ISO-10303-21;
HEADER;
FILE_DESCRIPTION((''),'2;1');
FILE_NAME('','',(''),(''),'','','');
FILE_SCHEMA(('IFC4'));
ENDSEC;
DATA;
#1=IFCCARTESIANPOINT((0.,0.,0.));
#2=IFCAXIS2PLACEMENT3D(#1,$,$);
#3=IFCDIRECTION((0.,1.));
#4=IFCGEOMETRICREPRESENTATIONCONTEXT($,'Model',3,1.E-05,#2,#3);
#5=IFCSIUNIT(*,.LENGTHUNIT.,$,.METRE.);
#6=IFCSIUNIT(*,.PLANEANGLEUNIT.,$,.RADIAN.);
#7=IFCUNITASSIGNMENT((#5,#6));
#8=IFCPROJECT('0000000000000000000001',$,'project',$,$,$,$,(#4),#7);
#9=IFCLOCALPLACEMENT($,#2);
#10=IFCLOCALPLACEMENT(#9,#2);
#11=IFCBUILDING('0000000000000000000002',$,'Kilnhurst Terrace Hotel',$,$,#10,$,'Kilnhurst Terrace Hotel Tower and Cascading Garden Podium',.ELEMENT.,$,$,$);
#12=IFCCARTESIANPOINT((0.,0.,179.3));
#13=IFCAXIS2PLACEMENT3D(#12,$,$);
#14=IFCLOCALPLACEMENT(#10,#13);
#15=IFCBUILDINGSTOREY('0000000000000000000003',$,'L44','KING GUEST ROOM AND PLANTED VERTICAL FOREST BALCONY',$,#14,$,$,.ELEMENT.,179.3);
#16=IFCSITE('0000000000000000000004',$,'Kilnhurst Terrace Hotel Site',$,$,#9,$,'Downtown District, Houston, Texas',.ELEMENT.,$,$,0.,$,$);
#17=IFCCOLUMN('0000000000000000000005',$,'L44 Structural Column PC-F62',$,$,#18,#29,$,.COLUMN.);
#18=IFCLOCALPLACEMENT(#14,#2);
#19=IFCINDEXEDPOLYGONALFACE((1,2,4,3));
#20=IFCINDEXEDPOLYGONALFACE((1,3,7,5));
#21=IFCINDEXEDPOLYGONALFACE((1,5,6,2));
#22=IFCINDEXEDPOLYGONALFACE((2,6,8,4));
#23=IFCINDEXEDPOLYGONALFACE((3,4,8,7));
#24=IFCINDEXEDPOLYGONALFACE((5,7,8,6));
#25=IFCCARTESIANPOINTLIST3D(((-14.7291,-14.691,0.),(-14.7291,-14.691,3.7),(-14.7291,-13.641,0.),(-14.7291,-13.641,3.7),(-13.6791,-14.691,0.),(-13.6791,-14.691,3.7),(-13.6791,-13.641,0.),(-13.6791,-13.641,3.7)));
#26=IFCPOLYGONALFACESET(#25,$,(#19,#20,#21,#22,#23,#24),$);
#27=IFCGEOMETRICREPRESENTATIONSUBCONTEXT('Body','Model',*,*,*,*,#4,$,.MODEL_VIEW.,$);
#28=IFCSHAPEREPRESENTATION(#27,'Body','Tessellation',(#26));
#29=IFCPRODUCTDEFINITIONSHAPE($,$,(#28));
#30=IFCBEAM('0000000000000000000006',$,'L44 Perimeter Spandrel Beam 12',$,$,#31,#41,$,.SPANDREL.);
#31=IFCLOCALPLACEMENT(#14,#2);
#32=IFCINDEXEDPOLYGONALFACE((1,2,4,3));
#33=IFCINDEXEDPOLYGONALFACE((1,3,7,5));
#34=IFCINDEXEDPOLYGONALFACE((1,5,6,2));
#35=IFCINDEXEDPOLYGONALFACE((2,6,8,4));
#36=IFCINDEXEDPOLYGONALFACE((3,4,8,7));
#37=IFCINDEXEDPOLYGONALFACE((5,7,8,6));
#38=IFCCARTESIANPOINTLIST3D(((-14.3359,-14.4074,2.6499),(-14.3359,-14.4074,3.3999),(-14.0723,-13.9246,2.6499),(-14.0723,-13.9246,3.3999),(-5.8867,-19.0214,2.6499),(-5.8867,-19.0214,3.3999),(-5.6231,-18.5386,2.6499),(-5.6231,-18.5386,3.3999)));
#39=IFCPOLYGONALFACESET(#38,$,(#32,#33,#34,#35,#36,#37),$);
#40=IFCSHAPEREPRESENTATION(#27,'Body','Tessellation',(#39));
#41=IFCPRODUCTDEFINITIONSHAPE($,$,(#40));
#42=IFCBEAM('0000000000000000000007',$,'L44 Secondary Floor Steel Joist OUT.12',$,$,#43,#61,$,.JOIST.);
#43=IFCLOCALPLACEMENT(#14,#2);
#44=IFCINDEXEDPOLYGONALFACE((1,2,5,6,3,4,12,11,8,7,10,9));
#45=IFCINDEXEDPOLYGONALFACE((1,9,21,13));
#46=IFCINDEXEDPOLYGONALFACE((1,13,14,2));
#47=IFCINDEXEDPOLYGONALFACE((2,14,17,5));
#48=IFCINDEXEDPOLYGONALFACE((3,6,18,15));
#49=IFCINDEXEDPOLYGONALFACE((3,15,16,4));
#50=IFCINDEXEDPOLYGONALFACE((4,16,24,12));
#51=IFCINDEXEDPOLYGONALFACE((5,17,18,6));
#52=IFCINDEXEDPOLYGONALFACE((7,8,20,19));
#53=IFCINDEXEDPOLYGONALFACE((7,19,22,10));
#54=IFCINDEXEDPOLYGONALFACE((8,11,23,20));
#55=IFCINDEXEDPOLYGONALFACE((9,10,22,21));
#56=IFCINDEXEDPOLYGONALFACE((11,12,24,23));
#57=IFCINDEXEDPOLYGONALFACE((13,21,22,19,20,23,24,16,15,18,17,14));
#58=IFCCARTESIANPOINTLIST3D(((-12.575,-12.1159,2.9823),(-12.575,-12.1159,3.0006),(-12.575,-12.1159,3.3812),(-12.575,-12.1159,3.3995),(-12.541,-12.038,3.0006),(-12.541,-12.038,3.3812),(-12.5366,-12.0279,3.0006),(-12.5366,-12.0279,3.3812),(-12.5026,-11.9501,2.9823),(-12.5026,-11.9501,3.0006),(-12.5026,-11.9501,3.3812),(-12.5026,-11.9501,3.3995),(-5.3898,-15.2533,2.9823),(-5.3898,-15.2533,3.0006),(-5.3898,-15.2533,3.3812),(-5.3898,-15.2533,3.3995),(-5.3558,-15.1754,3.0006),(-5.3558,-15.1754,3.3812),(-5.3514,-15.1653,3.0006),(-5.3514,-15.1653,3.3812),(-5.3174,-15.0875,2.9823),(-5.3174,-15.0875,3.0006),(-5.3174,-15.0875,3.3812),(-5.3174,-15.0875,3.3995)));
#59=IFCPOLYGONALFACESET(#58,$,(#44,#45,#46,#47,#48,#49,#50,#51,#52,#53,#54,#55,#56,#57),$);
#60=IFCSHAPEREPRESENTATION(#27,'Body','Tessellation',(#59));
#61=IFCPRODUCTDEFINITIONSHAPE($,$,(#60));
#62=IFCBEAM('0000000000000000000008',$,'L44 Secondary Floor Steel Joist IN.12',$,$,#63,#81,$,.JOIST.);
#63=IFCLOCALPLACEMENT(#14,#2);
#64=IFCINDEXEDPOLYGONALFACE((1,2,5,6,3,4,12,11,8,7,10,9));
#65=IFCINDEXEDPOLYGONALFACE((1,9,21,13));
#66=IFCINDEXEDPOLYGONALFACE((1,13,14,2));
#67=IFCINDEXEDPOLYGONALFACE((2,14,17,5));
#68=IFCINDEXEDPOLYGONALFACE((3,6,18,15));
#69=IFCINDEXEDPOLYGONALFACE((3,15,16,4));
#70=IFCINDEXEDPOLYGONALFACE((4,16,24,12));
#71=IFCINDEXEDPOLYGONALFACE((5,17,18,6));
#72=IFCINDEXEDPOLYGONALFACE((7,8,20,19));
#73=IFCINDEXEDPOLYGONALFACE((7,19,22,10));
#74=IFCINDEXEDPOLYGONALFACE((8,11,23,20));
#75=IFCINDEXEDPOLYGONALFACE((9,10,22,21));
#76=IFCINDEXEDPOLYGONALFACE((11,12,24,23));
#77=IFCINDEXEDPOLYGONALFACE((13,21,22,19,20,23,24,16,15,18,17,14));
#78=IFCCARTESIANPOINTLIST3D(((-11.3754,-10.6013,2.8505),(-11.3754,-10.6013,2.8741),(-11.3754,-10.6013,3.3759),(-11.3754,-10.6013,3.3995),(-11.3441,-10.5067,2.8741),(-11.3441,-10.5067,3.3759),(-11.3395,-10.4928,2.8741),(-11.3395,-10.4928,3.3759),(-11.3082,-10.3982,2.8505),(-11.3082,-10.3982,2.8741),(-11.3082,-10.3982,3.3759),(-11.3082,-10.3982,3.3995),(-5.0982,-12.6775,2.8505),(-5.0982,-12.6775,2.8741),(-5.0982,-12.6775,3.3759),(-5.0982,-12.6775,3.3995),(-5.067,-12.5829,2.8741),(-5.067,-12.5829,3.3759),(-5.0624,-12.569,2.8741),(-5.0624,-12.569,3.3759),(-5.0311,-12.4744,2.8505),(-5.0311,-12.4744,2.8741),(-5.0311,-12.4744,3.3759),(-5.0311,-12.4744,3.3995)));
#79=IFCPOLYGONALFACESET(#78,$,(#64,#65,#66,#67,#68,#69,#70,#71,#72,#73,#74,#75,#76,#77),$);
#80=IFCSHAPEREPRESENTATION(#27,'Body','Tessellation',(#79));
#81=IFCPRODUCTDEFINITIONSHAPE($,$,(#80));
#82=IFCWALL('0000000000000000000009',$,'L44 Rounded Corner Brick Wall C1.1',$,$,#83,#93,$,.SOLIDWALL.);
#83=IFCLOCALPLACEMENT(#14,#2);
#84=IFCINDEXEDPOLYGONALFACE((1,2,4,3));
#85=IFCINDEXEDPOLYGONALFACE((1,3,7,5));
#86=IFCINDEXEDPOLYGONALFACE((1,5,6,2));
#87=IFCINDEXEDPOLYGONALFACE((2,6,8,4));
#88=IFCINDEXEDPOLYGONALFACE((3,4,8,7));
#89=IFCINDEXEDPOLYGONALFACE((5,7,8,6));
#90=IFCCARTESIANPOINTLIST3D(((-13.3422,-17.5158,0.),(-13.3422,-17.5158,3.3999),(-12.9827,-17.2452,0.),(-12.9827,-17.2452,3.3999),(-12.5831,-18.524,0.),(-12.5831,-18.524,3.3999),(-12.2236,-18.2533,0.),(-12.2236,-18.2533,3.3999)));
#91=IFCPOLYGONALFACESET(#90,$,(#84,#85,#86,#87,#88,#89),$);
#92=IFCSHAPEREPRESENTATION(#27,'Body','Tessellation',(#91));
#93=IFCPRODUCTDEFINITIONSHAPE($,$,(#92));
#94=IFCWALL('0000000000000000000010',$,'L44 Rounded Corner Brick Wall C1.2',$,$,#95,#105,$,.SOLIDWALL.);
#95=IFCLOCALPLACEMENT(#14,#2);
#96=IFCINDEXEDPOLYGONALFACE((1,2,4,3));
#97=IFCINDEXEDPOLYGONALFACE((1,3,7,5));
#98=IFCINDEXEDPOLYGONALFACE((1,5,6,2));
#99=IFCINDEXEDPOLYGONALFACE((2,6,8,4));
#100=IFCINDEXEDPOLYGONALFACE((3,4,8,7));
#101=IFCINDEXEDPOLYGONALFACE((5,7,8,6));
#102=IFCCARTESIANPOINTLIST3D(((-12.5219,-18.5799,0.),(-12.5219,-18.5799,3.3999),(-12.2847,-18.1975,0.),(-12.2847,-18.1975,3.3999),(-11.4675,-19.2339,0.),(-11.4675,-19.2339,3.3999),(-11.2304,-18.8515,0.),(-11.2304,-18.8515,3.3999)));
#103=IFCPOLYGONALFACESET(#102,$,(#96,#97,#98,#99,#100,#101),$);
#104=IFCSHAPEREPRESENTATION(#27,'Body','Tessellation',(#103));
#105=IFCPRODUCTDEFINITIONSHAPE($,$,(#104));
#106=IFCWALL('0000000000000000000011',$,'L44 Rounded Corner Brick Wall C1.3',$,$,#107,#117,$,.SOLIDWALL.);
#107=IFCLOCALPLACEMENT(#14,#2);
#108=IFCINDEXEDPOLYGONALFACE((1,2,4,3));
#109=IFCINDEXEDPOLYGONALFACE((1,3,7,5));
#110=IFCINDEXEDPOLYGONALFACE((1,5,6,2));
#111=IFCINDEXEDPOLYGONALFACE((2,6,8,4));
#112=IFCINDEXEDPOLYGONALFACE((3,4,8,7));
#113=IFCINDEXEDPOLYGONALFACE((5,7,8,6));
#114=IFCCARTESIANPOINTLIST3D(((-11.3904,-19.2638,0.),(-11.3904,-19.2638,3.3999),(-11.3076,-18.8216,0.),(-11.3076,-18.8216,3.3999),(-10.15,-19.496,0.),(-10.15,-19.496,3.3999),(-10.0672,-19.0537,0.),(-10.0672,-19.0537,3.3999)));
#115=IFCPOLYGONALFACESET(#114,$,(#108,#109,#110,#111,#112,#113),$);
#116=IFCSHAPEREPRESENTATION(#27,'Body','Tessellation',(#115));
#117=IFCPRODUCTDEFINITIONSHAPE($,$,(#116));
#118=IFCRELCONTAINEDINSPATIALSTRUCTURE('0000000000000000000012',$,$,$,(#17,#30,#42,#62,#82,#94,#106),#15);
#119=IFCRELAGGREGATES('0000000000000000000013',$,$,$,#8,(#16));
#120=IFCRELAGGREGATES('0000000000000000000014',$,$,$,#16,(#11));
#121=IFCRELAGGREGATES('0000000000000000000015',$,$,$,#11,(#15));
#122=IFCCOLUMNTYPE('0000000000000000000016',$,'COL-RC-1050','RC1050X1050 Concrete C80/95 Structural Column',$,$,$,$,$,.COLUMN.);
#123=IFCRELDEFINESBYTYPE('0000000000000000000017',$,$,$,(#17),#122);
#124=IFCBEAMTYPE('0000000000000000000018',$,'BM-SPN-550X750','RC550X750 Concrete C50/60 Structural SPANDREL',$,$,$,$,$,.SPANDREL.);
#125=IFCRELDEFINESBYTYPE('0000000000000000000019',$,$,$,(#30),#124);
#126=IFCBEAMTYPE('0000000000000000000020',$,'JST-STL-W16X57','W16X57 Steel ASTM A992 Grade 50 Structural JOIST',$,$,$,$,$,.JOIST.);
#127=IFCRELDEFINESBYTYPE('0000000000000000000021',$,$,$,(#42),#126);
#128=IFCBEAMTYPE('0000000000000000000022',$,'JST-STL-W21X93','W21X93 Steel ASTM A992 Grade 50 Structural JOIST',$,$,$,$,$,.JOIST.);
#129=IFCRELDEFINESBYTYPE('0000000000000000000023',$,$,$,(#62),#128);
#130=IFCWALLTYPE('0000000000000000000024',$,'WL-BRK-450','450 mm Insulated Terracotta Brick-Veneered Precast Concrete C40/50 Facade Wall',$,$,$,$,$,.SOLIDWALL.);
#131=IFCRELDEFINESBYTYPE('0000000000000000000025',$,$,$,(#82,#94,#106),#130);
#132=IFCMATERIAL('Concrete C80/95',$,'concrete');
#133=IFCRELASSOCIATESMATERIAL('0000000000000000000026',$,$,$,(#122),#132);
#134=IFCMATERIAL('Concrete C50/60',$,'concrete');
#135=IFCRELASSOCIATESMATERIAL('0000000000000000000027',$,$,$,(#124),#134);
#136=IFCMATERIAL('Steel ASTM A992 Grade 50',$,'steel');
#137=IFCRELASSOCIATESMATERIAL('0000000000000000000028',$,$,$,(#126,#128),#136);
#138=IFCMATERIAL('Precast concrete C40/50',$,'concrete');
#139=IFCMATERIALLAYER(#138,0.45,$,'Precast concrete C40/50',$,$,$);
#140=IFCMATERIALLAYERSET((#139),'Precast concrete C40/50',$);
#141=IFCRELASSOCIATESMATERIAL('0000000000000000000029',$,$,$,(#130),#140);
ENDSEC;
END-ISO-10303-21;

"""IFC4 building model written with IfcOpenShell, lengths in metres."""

from ifc_helpers import new_model, si_unit, direction, frame, frame_2d, origin, origin_2d, place, context, subcontext, project, spatial, rectangle, i_section, extrude, material, layer, layer_set, material_profile, profile_set, type_object, element, save


model = new_model("IFC4")

# Units and contexts
model_context = context("Model", 3, precision=1e-05, world=origin(), true_north=direction((0.0, 1.0)))
body_context = subcontext(model_context, "Body", "Model", "MODEL_VIEW")
ifc_project = project(units=[si_unit("LENGTHUNIT", "METRE"), si_unit("PLANEANGLEUNIT", "RADIAN")], contexts=[model_context])

# Site, building, storey
site_placement = place(None, origin())
site = spatial("IfcSite", under=ifc_project, at=site_placement, Name="Kilnhurst Terrace Hotel Site", LongName="Downtown District, Houston, Texas", CompositionType="ELEMENT", RefElevation=0.0)
building_placement = place(site_placement, origin())
building = spatial("IfcBuilding", under=site, at=building_placement, Name="Kilnhurst Terrace Hotel", LongName="Kilnhurst Terrace Hotel Tower and Cascading Garden Podium", CompositionType="ELEMENT")
storey_placement = place(building_placement, frame((0.0, 0.0, 179.3)))
storey = spatial("IfcBuildingStorey", under=building, at=storey_placement, Name="L44", Description="KING GUEST ROOM AND PLANTED VERTICAL FOREST BALCONY", CompositionType="ELEMENT", Elevation=179.3)

# Column
ifc_material_1 = material(Name="Concrete C80/95", Category="concrete")
ifc_material_profile_1 = material_profile(ifc_material_1, rectangle(XDim=1.05, YDim=1.05, at=origin_2d()), Name="RC1050X1050")
ifc_profile_set_1 = profile_set([ifc_material_profile_1], Name="Concrete C80/95")
column_type = type_object("IfcColumnType", Name="COL-RC-1050", Description="RC1050X1050 Concrete C80/95 Structural Column", PredefinedType="COLUMN", material=ifc_profile_set_1)
column_placement = place(storey_placement, frame((-14.2041, -14.166, 0.0), z_axis=(0.0, 0.0, 1.0), x_axis=(1.0, 0.0, 0.0)))
element("IfcColumn", 1, at=column_placement, inside=storey, type_object=column_type, Name="L44 Structural Column PC-F62", PredefinedType="COLUMN", context=body_context, shape_type="SweptSolid", body=[
    extrude(rectangle(XDim=1.05, YDim=1.05, at=origin_2d()), origin(), (0.0, 0.0, 1.0), 3.7),
])

# Beams
ifc_material_2 = material(Name="Concrete C50/60", Category="concrete")
ifc_material_profile_2 = material_profile(ifc_material_2, rectangle(XDim=0.55, YDim=0.75, at=origin_2d()), Name="RC550X750")
ifc_profile_set_2 = profile_set([ifc_material_profile_2], Name="Concrete C50/60")
beam_type_1 = type_object("IfcBeamType", Name="BM-SPN-550X750", Description="RC550X750 Concrete C50/60 Structural SPANDREL", PredefinedType="SPANDREL", material=ifc_profile_set_2)
beam_1_placement = place(storey_placement, frame((-14.2041, -14.166, 3.0249), z_axis=(0.877662, -0.47928, 0.0), x_axis=(0.47928, 0.877662, 0.0)))
element("IfcBeam", 2, at=beam_1_placement, inside=storey, type_object=beam_type_1, Name="L44 Perimeter Spandrel Beam 12", PredefinedType="SPANDREL", context=body_context, shape_type="SweptSolid", body=[
    extrude(rectangle(XDim=0.55, YDim=0.75, at=origin_2d()), origin(), (0.0, 0.0, 1.0), 9.627),
])
ifc_material_3 = material(Name="Steel ASTM A992 Grade 50", Category="steel")
ifc_material_profile_3 = material_profile(ifc_material_3, i_section(OverallWidth=0.1809, OverallDepth=0.4172, WebThickness=0.011, FlangeThickness=0.0183, at=origin_2d()), Name="W16X57")
ifc_profile_set_3 = profile_set([ifc_material_profile_3], Name="Steel ASTM A992 Grade 50")
beam_type_2 = type_object("IfcBeamType", Name="JST-STL-W16X57", Description="W16X57 Steel ASTM A992 Grade 50 Structural JOIST", PredefinedType="JOIST", material=ifc_profile_set_3)
beam_2_placement = place(storey_placement, frame((-12.5388, -12.033, 3.1909), z_axis=(0.916444, -0.400164, 0.0), x_axis=(0.400164, 0.916444, 0.0)))
element("IfcBeam", 3, at=beam_2_placement, inside=storey, type_object=beam_type_2, Name="L44 Secondary Floor Steel Joist OUT.12", PredefinedType="JOIST", context=body_context, shape_type="SweptSolid", body=[
    extrude(i_section(OverallWidth=0.1809, OverallDepth=0.4172, WebThickness=0.011, FlangeThickness=0.0183, at=origin_2d()), origin(), (0.0, 0.0, 1.0), 7.8403),
])
ifc_material_profile_4 = material_profile(ifc_material_3, i_section(OverallWidth=0.2139, OverallDepth=0.5491, WebThickness=0.0146, FlangeThickness=0.0237, at=origin_2d()), Name="W21X93")
ifc_profile_set_4 = profile_set([ifc_material_profile_4], Name="Steel ASTM A992 Grade 50")
beam_type_3 = type_object("IfcBeamType", Name="JST-STL-W21X93", Description="W21X93 Steel ASTM A992 Grade 50 Structural JOIST", PredefinedType="JOIST", material=ifc_profile_set_4)
beam_3_placement = place(storey_placement, frame((-11.3418, -10.4998, 3.125), z_axis=(0.949416, -0.314022, 0.0), x_axis=(0.314022, 0.949416, 0.0)))
element("IfcBeam", 4, at=beam_3_placement, inside=storey, type_object=beam_type_3, Name="L44 Secondary Floor Steel Joist IN.12", PredefinedType="JOIST", context=body_context, shape_type="SweptSolid", body=[
    extrude(i_section(OverallWidth=0.2139, OverallDepth=0.5491, WebThickness=0.0146, FlangeThickness=0.0237, at=origin_2d()), origin(), (0.0, 0.0, 1.0), 6.6116),
])

# Walls
ifc_material_4 = material(Name="Precast concrete C40/50", Category="concrete")
ifc_layer_1 = layer(ifc_material_4, 0.45, Name="Precast concrete C40/50")
ifc_layer_set_1 = layer_set([ifc_layer_1], Name="Precast concrete C40/50")
wall_type_1 = type_object("IfcWallType", Name="WL-BRK-450", Description="450 mm Insulated Terracotta Brick-Veneered Precast Concrete C40/50 Facade Wall", PredefinedType="SOLIDWALL", material=ifc_layer_set_1)
wall_1_placement = place(storey_placement, frame((-13.1624, -17.3806, 0.0), z_axis=(0.0, 0.0, 1.0), x_axis=(0.601516, -0.798861, 0.0)))
element("IfcWall", 5, at=wall_1_placement, inside=storey, type_object=wall_type_1, Name="L44 Rounded Corner Brick Wall C1.1", PredefinedType="SOLIDWALL", context=body_context, shape_type="SweptSolid", body=[
    extrude(rectangle(XDim=1.262, YDim=0.45, at=frame_2d((0.6309, 0.0))), origin(), (0.0, 0.0, 1.0), 3.3999),
])
wall_2_placement = place(storey_placement, frame((-12.4033, -18.3887, 0.0), z_axis=(0.0, 0.0, 1.0), x_axis=(0.849795, -0.527113, 0.0)))
element("IfcWall", 6, at=wall_2_placement, inside=storey, type_object=wall_type_1, Name="L44 Rounded Corner Brick Wall C1.2", PredefinedType="SOLIDWALL", context=body_context, shape_type="SweptSolid", body=[
    extrude(rectangle(XDim=1.2407, YDim=0.45, at=frame_2d((0.6204, 0.0))), origin(), (0.0, 0.0, 1.0), 3.3999),
])
wall_3_placement = place(storey_placement, frame((-11.3489, -19.0427, 0.0), z_axis=(0.0, 0.0, 1.0), x_axis=(0.982931, -0.183973, 0.0)))
element("IfcWall", 7, at=wall_3_placement, inside=storey, type_object=wall_type_1, Name="L44 Rounded Corner Brick Wall C1.3", PredefinedType="SOLIDWALL", context=body_context, shape_type="SweptSolid", body=[
    extrude(rectangle(XDim=1.262, YDim=0.45, at=frame_2d((0.6309, 0.0))), origin(), (0.0, 0.0, 1.0), 3.3999),
])

save(model, "model.ifc")
